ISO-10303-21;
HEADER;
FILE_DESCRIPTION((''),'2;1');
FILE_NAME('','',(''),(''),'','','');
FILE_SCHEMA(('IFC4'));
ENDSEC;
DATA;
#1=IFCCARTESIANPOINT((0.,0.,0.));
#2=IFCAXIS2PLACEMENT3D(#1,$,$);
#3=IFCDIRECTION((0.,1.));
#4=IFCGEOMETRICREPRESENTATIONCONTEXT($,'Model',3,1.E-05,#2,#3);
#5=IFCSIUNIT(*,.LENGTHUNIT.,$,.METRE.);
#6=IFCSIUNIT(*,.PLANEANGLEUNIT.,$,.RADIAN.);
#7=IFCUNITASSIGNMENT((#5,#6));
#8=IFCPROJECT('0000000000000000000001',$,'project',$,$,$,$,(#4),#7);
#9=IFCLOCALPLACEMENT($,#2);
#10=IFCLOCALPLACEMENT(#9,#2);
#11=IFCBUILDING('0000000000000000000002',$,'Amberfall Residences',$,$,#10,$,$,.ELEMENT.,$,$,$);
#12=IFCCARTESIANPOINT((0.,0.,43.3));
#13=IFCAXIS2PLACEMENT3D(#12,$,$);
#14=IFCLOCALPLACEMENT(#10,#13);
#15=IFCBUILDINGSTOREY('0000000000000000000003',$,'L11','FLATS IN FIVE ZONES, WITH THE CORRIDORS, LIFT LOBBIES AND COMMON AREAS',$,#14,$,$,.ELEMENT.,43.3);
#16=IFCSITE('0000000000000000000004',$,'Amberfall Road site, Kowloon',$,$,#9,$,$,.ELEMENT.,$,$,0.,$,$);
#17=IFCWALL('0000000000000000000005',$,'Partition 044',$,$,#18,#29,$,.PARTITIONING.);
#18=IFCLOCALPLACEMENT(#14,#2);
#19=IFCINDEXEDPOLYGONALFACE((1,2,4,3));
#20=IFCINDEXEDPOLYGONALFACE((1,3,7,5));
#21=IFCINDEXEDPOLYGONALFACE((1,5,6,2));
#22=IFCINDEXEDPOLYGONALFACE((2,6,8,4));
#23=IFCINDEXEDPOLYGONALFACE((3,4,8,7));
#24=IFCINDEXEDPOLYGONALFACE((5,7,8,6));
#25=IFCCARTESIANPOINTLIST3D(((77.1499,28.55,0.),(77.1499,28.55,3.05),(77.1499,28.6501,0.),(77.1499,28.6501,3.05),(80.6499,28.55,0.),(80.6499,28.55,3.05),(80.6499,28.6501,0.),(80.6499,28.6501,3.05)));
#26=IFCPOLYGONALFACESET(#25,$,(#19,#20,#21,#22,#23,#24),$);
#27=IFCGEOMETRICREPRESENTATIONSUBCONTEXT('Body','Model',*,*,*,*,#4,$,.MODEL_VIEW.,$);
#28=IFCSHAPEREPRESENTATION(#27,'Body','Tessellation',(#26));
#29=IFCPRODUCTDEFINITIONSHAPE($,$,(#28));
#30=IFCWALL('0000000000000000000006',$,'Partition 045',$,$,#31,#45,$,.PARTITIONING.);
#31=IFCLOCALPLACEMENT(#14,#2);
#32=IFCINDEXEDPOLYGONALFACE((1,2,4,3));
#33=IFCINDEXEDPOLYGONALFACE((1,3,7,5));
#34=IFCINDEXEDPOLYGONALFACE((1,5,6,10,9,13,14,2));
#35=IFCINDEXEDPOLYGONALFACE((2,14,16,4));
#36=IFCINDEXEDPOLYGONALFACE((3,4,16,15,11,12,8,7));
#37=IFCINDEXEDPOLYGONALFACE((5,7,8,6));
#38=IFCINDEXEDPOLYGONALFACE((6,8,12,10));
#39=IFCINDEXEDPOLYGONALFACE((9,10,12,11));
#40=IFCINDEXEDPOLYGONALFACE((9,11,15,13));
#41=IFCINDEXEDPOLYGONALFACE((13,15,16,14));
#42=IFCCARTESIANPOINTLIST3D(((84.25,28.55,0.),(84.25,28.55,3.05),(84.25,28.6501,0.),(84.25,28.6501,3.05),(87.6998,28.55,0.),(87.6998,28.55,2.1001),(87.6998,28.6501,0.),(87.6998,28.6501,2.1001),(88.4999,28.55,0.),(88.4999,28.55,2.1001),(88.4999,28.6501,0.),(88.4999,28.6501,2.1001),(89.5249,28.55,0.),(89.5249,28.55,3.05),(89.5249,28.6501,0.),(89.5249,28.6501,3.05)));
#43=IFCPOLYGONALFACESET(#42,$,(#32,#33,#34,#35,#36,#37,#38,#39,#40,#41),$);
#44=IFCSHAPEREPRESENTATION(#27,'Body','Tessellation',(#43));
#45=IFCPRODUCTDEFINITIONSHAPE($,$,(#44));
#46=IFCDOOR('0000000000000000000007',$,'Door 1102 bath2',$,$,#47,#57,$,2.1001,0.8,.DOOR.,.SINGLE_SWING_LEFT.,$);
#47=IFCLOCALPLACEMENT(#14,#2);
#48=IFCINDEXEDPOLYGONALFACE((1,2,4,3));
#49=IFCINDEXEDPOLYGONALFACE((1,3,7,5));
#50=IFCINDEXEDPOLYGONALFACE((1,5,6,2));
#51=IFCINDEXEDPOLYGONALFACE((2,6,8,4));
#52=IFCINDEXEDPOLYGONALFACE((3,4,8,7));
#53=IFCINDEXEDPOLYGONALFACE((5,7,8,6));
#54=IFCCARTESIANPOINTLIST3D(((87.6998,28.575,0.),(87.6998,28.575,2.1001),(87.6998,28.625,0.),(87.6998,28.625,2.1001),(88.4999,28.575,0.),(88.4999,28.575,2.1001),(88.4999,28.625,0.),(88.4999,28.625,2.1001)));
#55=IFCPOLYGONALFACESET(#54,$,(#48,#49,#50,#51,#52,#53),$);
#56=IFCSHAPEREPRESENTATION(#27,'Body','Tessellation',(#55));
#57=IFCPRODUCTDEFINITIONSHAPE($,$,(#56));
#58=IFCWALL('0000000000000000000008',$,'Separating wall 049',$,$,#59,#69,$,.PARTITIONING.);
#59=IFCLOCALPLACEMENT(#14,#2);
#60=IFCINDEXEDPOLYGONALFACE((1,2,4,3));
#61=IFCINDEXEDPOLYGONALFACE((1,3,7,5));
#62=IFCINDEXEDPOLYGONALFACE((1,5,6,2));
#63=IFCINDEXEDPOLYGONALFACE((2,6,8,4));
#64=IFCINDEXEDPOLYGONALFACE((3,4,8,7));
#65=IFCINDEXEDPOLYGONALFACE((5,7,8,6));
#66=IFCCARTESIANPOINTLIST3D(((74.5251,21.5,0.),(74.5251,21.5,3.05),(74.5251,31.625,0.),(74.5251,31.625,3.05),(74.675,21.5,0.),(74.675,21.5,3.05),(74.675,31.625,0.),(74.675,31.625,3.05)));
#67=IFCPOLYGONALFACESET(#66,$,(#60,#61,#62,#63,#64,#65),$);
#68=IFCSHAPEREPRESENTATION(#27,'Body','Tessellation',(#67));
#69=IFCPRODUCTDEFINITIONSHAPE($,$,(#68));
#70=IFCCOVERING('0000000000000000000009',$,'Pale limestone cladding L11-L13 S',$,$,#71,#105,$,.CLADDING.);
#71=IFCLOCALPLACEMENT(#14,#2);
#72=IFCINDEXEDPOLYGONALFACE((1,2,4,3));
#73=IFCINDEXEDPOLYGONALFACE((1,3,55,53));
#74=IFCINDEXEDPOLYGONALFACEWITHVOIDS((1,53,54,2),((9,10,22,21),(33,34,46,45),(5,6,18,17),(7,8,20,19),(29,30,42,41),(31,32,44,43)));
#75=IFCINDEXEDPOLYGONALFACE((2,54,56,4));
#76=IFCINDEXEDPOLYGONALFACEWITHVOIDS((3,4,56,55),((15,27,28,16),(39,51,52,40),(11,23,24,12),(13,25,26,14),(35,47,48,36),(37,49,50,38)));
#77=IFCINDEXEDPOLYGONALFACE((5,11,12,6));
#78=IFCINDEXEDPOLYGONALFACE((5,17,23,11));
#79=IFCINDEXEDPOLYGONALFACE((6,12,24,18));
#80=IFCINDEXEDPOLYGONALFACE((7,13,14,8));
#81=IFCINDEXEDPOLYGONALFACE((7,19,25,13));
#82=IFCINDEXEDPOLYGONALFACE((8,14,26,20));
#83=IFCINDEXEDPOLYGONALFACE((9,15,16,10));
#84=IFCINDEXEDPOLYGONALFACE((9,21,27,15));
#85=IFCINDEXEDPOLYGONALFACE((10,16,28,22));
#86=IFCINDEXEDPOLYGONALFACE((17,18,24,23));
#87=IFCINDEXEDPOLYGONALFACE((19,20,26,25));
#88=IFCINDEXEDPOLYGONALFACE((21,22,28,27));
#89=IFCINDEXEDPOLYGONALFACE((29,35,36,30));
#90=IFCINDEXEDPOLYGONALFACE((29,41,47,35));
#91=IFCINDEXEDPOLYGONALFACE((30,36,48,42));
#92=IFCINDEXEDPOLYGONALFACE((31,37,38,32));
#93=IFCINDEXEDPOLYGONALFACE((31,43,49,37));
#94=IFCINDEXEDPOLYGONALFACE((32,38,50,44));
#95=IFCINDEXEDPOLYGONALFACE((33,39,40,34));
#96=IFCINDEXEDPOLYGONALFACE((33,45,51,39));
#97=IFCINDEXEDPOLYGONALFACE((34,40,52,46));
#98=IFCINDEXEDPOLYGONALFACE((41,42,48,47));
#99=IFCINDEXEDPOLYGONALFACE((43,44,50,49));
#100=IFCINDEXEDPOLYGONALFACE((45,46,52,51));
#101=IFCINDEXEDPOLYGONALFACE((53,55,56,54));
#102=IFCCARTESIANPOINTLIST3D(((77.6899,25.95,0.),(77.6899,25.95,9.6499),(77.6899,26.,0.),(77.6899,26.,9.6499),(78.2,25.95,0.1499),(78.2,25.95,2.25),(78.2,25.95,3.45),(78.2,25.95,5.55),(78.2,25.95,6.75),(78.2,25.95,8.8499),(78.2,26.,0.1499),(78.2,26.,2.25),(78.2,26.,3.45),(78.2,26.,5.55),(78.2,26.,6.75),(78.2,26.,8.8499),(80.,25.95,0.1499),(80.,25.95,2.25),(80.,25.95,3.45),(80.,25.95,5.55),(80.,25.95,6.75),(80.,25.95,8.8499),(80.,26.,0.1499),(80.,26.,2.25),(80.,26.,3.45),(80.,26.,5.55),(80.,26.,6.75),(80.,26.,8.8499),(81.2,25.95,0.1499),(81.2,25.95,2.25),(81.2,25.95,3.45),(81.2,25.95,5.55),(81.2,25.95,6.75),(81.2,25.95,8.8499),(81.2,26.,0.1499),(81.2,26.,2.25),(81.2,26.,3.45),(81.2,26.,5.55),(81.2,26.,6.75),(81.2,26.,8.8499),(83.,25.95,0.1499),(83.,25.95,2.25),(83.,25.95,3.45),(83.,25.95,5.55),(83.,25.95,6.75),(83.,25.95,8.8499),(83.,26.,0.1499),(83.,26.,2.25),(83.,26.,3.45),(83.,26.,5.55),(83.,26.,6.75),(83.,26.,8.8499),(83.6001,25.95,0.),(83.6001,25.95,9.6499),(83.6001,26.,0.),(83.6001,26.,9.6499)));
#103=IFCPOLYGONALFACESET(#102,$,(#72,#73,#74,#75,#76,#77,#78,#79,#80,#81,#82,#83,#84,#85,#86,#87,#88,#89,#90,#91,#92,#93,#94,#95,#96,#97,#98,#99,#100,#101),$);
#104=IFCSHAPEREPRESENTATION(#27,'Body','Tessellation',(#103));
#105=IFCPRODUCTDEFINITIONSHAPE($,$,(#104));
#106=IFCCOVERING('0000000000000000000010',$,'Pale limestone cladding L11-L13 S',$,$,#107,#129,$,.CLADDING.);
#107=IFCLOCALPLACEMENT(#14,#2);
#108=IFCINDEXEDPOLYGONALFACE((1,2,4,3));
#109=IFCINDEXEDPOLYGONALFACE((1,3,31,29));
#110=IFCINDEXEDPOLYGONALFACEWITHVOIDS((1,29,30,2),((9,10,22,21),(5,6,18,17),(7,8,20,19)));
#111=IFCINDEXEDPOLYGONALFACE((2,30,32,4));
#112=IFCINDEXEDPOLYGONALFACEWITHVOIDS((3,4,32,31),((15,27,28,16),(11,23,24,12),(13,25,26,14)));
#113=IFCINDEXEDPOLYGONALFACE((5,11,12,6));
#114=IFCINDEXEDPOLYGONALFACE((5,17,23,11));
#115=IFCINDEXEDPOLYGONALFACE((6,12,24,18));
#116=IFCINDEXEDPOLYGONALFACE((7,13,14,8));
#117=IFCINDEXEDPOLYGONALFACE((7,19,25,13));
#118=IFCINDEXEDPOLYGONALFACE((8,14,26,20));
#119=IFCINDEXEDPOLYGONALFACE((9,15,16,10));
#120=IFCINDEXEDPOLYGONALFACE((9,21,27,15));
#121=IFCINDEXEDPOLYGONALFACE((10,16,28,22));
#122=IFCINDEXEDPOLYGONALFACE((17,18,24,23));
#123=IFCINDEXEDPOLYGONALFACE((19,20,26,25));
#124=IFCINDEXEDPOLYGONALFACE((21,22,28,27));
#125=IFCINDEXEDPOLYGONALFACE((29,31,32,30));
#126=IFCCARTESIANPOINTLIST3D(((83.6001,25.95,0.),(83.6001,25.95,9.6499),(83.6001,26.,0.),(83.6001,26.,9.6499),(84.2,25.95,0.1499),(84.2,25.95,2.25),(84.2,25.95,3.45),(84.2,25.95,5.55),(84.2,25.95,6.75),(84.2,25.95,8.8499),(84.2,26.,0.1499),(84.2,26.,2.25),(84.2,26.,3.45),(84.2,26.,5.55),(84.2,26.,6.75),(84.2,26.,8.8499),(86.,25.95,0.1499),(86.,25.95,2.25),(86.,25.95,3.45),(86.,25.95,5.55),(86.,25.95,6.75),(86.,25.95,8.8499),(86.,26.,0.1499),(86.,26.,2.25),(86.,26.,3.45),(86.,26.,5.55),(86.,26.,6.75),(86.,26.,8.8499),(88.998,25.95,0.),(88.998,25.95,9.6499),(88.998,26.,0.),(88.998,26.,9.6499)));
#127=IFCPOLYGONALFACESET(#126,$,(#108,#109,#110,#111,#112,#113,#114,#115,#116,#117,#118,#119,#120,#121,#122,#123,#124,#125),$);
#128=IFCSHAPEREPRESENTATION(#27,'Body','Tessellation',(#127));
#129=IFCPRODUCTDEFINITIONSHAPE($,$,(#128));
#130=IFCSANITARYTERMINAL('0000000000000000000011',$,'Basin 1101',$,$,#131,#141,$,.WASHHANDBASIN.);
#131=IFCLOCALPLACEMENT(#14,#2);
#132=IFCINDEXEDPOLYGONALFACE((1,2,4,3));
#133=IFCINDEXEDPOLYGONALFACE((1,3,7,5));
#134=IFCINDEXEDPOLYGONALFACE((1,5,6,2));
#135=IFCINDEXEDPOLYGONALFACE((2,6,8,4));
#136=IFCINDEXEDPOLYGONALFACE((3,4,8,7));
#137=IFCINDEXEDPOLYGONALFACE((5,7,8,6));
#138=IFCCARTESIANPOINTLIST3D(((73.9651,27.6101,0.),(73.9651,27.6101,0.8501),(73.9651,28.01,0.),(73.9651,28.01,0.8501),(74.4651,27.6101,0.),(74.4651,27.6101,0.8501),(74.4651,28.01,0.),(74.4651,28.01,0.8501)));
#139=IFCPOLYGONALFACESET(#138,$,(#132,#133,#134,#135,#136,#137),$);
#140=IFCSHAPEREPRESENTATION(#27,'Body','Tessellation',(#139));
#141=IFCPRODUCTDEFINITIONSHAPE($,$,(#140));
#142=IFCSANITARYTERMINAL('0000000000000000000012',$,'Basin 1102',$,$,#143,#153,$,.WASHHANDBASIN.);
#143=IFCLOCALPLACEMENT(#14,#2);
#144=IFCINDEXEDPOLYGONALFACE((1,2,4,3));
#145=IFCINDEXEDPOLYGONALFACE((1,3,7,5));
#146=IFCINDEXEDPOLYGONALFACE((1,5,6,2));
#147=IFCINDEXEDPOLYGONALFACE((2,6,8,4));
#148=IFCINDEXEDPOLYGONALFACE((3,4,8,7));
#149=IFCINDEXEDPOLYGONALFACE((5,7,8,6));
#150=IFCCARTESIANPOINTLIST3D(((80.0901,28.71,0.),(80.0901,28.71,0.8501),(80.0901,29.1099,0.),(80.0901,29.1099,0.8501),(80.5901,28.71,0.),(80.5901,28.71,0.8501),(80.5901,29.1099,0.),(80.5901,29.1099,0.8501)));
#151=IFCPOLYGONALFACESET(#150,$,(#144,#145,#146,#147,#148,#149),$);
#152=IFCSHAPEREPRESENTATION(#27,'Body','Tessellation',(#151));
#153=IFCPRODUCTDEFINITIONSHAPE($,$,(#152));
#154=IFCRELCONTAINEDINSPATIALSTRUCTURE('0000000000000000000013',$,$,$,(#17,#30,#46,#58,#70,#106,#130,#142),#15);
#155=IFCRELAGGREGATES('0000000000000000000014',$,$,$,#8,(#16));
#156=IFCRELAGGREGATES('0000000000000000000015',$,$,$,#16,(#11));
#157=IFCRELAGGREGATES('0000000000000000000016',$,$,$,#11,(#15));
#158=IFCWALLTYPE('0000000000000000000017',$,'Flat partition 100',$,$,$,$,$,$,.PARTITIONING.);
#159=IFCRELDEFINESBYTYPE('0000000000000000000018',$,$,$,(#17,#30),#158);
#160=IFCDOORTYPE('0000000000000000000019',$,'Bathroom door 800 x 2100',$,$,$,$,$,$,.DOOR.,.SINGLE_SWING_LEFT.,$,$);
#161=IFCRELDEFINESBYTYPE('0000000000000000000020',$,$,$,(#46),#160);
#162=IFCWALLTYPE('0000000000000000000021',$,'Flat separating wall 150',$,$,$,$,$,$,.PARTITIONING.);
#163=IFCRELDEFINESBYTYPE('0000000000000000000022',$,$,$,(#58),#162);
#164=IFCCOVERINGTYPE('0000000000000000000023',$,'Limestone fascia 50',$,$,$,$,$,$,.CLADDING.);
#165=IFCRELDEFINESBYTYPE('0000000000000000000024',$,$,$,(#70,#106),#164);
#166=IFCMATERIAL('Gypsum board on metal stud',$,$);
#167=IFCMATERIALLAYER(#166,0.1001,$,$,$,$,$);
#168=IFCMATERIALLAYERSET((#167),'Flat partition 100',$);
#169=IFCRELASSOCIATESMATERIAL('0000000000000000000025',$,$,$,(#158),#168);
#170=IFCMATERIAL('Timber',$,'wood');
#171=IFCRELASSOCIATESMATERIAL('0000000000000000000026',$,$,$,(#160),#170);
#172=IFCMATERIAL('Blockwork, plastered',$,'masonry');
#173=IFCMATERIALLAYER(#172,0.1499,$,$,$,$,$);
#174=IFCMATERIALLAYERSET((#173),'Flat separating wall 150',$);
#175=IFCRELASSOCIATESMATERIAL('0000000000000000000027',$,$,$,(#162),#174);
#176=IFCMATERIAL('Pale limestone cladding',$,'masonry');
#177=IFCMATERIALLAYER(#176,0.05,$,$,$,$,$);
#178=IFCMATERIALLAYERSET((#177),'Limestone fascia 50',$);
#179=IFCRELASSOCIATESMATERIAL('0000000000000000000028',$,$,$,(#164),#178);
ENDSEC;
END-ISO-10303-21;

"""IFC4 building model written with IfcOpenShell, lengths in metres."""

from ifc_helpers import new_model, si_unit, direction, frame, frame_2d, origin, origin_2d, place, context, subcontext, project, spatial, polyline, rectangle, outline, extrude, material, layer, layer_set, type_object, element, fill, save


model = new_model("IFC4")

# Units and contexts
model_context = context("Model", 3, precision=1e-05, world=origin(), true_north=direction((0.0, 1.0)))
body_context = subcontext(model_context, "Body", "Model", "MODEL_VIEW")
ifc_project = project(units=[si_unit("LENGTHUNIT", "METRE"), si_unit("PLANEANGLEUNIT", "RADIAN")], contexts=[model_context])

# Site, building, storey
site_placement = place(None, origin())
site = spatial("IfcSite", under=ifc_project, at=site_placement, Name="Amberfall Road site, Kowloon", CompositionType="ELEMENT", RefElevation=0.0)
building_placement = place(site_placement, origin())
building = spatial("IfcBuilding", under=site, at=building_placement, Name="Amberfall Residences", CompositionType="ELEMENT")
storey_placement = place(building_placement, frame((0.0, 0.0, 43.3)))
storey = spatial("IfcBuildingStorey", under=building, at=storey_placement, Name="L11", Description="FLATS IN FIVE ZONES, WITH THE CORRIDORS, LIFT LOBBIES AND COMMON AREAS", CompositionType="ELEMENT", Elevation=43.3)

# Shared definitions
ifc_material_1 = material(Name="Gypsum board on metal stud")
ifc_layer_1 = layer(ifc_material_1, 0.1001)
ifc_layer_set_1 = layer_set([ifc_layer_1], Name="Flat partition 100")
wall_type_1 = type_object("IfcWallType", Name="Flat partition 100", PredefinedType="PARTITIONING", material=ifc_layer_set_1)

# Shared definitions
ifc_material_2 = material(Name="Timber", Category="wood")
door_type_1 = type_object("IfcDoorType", Name="Bathroom door 800 x 2100", OperationType="SINGLE_SWING_LEFT", PredefinedType="DOOR", material=ifc_material_2)

# Wall
wall_1_placement = place(storey_placement, frame((77.1499, 28.6001, 0.0), z_axis=(0.0, 0.0, 1.0), x_axis=(1.0, 0.0, 0.0)))
element("IfcWall", 1, at=wall_1_placement, inside=storey, type_object=wall_type_1, Name="Partition 044", PredefinedType="PARTITIONING", context=body_context, shape_type="SweptSolid", body=[
    extrude(rectangle(XDim=3.5, YDim=0.1001, at=frame_2d((1.75, 0.0))), origin(), (0.0, 0.0, 1.0), 3.05),
])

# Wall, opening, door
wall_2_placement = place(storey_placement, frame((84.25, 28.6001, 0.0), z_axis=(0.0, 0.0, 1.0), x_axis=(1.0, 0.0, 0.0)))
wall_2 = element("IfcWall", 2, at=wall_2_placement, inside=storey, type_object=wall_type_1, Name="Partition 045", PredefinedType="PARTITIONING", context=body_context, shape_type="SweptSolid", body=[
    extrude(rectangle(XDim=5.2749, YDim=0.1001, at=frame_2d((2.6375, 0.0))), origin(), (0.0, 0.0, 1.0), 3.05),
])
opening_1_placement = place(wall_2_placement, frame((3.45, 0.0, 0.0)))
opening_1 = element("IfcOpeningElement", 3, at=opening_1_placement, cuts=wall_2, PredefinedType="OPENING", context=body_context, shape_type="SweptSolid", body=[
    extrude(rectangle(XDim=0.8, YDim=2.1001, at=frame_2d((0.3999, 1.05))), frame((0.0, 0.0601, 0.0), z_axis=(0.0, -1.0, 0.0), x_axis=(1.0, 0.0, 0.0)), (0.0, 0.0, 1.0), 0.1201),
])
door_1_placement = place(opening_1_placement, origin())
door_1 = element("IfcDoor", 4, at=door_1_placement, inside=storey, type_object=door_type_1, Name="Door 1102 bath2", OperationType="SINGLE_SWING_LEFT", OverallHeight=2.1001, OverallWidth=0.8, PredefinedType="DOOR", context=body_context, shape_type="SweptSolid", body=[
    extrude(rectangle(XDim=0.8, YDim=2.1001, at=frame_2d((0.3999, 1.05))), frame((0.0, 0.0249, 0.0), z_axis=(0.0, -1.0, 0.0), x_axis=(1.0, 0.0, 0.0)), (0.0, 0.0, 1.0), 0.05),
])
fill(opening_1, door_1)

# Wall
ifc_material_3 = material(Name="Blockwork, plastered", Category="masonry")
ifc_layer_2 = layer(ifc_material_3, 0.1499)
ifc_layer_set_2 = layer_set([ifc_layer_2], Name="Flat separating wall 150")
wall_type_2 = type_object("IfcWallType", Name="Flat separating wall 150", PredefinedType="PARTITIONING", material=ifc_layer_set_2)
wall_3_placement = place(storey_placement, frame((74.6001, 21.5, 0.0), z_axis=(0.0, 0.0, 1.0), x_axis=(0.0, 1.0, 0.0)))
element("IfcWall", 5, at=wall_3_placement, inside=storey, type_object=wall_type_2, Name="Separating wall 049", PredefinedType="PARTITIONING", context=body_context, shape_type="SweptSolid", body=[
    extrude(rectangle(XDim=10.125, YDim=0.1499, at=frame_2d((5.0625, 0.0))), origin(), (0.0, 0.0, 1.0), 3.05),
])

# Coverings
ifc_material_4 = material(Name="Pale limestone cladding", Category="masonry")
ifc_layer_3 = layer(ifc_material_4, 0.05)
ifc_layer_set_3 = layer_set([ifc_layer_3], Name="Limestone fascia 50")
covering_type = type_object("IfcCoveringType", Name="Limestone fascia 50", PredefinedType="CLADDING", material=ifc_layer_set_3)
covering_1_placement = place(storey_placement, frame((77.6899, 26.0, 9.6499), z_axis=(0.0, 1.0, 0.0), x_axis=(1.0, 0.0, 0.0)))
element("IfcCovering", 6, at=covering_1_placement, inside=storey, type_object=covering_type, Name="Pale limestone cladding L11-L13 S", PredefinedType="CLADDING", context=body_context, shape_type="SweptSolid", body=[
    extrude(outline(polyline([(0.0, 0.0), (5.9102, 0.0), (5.9102, 9.6499), (0.0, 9.6499), (0.0, 0.0)]), holes=[polyline([(0.51, 7.3999), (2.3101, 7.3999), (2.3101, 9.5), (0.51, 9.5), (0.51, 7.3999)]), polyline([(3.51, 7.3999), (5.3101, 7.3999), (5.3101, 9.5), (3.51, 9.5), (3.51, 7.3999)]), polyline([(0.51, 4.0999), (2.3101, 4.0999), (2.3101, 6.2), (0.51, 6.2), (0.51, 4.0999)]), polyline([(3.51, 4.0999), (5.3101, 4.0999), (5.3101, 6.2), (3.51, 6.2), (3.51, 4.0999)]), polyline([(0.51, 0.8), (2.3101, 0.8), (2.3101, 2.8999), (0.51, 2.8999), (0.51, 0.8)]), polyline([(3.51, 0.8), (5.3101, 0.8), (5.3101, 2.8999), (3.51, 2.8999), (3.51, 0.8)])]), origin(), (0.0, 0.0, -1.0), 0.05),
])
covering_2_placement = place(storey_placement, frame((83.6001, 26.0, 9.6499), z_axis=(0.0, 1.0, 0.0), x_axis=(1.0, 0.0, 0.0)))
element("IfcCovering", 7, at=covering_2_placement, inside=storey, type_object=covering_type, Name="Pale limestone cladding L11-L13 S", PredefinedType="CLADDING", context=body_context, shape_type="SweptSolid", body=[
    extrude(outline(polyline([(0.0, 0.0), (5.3979, 0.0), (5.3979, 9.6499), (0.0, 9.6499), (0.0, 0.0)]), holes=[polyline([(0.5999, 7.3999), (2.3999, 7.3999), (2.3999, 9.5), (0.5999, 9.5), (0.5999, 7.3999)]), polyline([(0.5999, 4.0999), (2.3999, 4.0999), (2.3999, 6.2), (0.5999, 6.2), (0.5999, 4.0999)]), polyline([(0.5999, 0.8), (2.3999, 0.8), (2.3999, 2.8999), (0.5999, 2.8999), (0.5999, 0.8)])]), origin(), (0.0, 0.0, -1.0), 0.05),
])

# Sanitary terminals
for number, where, z_axis, x_axis, name in (
    (8, (74.2151, 27.8101, 0.0), (0.0, 0.0, 1.0), (1.0, 0.0, 0.0), "Basin 1101"),
    (9, (80.3401, 28.9099, 0.0), (0.0, 0.0, 1.0), (1.0, 0.0, 0.0), "Basin 1102"),
):
    element("IfcSanitaryTerminal", number, at=place(storey_placement, frame(where, z_axis=z_axis, x_axis=x_axis)), inside=storey, Name=name, PredefinedType="WASHHANDBASIN", context=body_context, shape_type="SweptSolid", body=[
        extrude(rectangle(XDim=0.5, YDim=0.3999, at=origin_2d()), origin(), (0.0, 0.0, 1.0), 0.8501),
    ])

save(model, "model.ifc")
